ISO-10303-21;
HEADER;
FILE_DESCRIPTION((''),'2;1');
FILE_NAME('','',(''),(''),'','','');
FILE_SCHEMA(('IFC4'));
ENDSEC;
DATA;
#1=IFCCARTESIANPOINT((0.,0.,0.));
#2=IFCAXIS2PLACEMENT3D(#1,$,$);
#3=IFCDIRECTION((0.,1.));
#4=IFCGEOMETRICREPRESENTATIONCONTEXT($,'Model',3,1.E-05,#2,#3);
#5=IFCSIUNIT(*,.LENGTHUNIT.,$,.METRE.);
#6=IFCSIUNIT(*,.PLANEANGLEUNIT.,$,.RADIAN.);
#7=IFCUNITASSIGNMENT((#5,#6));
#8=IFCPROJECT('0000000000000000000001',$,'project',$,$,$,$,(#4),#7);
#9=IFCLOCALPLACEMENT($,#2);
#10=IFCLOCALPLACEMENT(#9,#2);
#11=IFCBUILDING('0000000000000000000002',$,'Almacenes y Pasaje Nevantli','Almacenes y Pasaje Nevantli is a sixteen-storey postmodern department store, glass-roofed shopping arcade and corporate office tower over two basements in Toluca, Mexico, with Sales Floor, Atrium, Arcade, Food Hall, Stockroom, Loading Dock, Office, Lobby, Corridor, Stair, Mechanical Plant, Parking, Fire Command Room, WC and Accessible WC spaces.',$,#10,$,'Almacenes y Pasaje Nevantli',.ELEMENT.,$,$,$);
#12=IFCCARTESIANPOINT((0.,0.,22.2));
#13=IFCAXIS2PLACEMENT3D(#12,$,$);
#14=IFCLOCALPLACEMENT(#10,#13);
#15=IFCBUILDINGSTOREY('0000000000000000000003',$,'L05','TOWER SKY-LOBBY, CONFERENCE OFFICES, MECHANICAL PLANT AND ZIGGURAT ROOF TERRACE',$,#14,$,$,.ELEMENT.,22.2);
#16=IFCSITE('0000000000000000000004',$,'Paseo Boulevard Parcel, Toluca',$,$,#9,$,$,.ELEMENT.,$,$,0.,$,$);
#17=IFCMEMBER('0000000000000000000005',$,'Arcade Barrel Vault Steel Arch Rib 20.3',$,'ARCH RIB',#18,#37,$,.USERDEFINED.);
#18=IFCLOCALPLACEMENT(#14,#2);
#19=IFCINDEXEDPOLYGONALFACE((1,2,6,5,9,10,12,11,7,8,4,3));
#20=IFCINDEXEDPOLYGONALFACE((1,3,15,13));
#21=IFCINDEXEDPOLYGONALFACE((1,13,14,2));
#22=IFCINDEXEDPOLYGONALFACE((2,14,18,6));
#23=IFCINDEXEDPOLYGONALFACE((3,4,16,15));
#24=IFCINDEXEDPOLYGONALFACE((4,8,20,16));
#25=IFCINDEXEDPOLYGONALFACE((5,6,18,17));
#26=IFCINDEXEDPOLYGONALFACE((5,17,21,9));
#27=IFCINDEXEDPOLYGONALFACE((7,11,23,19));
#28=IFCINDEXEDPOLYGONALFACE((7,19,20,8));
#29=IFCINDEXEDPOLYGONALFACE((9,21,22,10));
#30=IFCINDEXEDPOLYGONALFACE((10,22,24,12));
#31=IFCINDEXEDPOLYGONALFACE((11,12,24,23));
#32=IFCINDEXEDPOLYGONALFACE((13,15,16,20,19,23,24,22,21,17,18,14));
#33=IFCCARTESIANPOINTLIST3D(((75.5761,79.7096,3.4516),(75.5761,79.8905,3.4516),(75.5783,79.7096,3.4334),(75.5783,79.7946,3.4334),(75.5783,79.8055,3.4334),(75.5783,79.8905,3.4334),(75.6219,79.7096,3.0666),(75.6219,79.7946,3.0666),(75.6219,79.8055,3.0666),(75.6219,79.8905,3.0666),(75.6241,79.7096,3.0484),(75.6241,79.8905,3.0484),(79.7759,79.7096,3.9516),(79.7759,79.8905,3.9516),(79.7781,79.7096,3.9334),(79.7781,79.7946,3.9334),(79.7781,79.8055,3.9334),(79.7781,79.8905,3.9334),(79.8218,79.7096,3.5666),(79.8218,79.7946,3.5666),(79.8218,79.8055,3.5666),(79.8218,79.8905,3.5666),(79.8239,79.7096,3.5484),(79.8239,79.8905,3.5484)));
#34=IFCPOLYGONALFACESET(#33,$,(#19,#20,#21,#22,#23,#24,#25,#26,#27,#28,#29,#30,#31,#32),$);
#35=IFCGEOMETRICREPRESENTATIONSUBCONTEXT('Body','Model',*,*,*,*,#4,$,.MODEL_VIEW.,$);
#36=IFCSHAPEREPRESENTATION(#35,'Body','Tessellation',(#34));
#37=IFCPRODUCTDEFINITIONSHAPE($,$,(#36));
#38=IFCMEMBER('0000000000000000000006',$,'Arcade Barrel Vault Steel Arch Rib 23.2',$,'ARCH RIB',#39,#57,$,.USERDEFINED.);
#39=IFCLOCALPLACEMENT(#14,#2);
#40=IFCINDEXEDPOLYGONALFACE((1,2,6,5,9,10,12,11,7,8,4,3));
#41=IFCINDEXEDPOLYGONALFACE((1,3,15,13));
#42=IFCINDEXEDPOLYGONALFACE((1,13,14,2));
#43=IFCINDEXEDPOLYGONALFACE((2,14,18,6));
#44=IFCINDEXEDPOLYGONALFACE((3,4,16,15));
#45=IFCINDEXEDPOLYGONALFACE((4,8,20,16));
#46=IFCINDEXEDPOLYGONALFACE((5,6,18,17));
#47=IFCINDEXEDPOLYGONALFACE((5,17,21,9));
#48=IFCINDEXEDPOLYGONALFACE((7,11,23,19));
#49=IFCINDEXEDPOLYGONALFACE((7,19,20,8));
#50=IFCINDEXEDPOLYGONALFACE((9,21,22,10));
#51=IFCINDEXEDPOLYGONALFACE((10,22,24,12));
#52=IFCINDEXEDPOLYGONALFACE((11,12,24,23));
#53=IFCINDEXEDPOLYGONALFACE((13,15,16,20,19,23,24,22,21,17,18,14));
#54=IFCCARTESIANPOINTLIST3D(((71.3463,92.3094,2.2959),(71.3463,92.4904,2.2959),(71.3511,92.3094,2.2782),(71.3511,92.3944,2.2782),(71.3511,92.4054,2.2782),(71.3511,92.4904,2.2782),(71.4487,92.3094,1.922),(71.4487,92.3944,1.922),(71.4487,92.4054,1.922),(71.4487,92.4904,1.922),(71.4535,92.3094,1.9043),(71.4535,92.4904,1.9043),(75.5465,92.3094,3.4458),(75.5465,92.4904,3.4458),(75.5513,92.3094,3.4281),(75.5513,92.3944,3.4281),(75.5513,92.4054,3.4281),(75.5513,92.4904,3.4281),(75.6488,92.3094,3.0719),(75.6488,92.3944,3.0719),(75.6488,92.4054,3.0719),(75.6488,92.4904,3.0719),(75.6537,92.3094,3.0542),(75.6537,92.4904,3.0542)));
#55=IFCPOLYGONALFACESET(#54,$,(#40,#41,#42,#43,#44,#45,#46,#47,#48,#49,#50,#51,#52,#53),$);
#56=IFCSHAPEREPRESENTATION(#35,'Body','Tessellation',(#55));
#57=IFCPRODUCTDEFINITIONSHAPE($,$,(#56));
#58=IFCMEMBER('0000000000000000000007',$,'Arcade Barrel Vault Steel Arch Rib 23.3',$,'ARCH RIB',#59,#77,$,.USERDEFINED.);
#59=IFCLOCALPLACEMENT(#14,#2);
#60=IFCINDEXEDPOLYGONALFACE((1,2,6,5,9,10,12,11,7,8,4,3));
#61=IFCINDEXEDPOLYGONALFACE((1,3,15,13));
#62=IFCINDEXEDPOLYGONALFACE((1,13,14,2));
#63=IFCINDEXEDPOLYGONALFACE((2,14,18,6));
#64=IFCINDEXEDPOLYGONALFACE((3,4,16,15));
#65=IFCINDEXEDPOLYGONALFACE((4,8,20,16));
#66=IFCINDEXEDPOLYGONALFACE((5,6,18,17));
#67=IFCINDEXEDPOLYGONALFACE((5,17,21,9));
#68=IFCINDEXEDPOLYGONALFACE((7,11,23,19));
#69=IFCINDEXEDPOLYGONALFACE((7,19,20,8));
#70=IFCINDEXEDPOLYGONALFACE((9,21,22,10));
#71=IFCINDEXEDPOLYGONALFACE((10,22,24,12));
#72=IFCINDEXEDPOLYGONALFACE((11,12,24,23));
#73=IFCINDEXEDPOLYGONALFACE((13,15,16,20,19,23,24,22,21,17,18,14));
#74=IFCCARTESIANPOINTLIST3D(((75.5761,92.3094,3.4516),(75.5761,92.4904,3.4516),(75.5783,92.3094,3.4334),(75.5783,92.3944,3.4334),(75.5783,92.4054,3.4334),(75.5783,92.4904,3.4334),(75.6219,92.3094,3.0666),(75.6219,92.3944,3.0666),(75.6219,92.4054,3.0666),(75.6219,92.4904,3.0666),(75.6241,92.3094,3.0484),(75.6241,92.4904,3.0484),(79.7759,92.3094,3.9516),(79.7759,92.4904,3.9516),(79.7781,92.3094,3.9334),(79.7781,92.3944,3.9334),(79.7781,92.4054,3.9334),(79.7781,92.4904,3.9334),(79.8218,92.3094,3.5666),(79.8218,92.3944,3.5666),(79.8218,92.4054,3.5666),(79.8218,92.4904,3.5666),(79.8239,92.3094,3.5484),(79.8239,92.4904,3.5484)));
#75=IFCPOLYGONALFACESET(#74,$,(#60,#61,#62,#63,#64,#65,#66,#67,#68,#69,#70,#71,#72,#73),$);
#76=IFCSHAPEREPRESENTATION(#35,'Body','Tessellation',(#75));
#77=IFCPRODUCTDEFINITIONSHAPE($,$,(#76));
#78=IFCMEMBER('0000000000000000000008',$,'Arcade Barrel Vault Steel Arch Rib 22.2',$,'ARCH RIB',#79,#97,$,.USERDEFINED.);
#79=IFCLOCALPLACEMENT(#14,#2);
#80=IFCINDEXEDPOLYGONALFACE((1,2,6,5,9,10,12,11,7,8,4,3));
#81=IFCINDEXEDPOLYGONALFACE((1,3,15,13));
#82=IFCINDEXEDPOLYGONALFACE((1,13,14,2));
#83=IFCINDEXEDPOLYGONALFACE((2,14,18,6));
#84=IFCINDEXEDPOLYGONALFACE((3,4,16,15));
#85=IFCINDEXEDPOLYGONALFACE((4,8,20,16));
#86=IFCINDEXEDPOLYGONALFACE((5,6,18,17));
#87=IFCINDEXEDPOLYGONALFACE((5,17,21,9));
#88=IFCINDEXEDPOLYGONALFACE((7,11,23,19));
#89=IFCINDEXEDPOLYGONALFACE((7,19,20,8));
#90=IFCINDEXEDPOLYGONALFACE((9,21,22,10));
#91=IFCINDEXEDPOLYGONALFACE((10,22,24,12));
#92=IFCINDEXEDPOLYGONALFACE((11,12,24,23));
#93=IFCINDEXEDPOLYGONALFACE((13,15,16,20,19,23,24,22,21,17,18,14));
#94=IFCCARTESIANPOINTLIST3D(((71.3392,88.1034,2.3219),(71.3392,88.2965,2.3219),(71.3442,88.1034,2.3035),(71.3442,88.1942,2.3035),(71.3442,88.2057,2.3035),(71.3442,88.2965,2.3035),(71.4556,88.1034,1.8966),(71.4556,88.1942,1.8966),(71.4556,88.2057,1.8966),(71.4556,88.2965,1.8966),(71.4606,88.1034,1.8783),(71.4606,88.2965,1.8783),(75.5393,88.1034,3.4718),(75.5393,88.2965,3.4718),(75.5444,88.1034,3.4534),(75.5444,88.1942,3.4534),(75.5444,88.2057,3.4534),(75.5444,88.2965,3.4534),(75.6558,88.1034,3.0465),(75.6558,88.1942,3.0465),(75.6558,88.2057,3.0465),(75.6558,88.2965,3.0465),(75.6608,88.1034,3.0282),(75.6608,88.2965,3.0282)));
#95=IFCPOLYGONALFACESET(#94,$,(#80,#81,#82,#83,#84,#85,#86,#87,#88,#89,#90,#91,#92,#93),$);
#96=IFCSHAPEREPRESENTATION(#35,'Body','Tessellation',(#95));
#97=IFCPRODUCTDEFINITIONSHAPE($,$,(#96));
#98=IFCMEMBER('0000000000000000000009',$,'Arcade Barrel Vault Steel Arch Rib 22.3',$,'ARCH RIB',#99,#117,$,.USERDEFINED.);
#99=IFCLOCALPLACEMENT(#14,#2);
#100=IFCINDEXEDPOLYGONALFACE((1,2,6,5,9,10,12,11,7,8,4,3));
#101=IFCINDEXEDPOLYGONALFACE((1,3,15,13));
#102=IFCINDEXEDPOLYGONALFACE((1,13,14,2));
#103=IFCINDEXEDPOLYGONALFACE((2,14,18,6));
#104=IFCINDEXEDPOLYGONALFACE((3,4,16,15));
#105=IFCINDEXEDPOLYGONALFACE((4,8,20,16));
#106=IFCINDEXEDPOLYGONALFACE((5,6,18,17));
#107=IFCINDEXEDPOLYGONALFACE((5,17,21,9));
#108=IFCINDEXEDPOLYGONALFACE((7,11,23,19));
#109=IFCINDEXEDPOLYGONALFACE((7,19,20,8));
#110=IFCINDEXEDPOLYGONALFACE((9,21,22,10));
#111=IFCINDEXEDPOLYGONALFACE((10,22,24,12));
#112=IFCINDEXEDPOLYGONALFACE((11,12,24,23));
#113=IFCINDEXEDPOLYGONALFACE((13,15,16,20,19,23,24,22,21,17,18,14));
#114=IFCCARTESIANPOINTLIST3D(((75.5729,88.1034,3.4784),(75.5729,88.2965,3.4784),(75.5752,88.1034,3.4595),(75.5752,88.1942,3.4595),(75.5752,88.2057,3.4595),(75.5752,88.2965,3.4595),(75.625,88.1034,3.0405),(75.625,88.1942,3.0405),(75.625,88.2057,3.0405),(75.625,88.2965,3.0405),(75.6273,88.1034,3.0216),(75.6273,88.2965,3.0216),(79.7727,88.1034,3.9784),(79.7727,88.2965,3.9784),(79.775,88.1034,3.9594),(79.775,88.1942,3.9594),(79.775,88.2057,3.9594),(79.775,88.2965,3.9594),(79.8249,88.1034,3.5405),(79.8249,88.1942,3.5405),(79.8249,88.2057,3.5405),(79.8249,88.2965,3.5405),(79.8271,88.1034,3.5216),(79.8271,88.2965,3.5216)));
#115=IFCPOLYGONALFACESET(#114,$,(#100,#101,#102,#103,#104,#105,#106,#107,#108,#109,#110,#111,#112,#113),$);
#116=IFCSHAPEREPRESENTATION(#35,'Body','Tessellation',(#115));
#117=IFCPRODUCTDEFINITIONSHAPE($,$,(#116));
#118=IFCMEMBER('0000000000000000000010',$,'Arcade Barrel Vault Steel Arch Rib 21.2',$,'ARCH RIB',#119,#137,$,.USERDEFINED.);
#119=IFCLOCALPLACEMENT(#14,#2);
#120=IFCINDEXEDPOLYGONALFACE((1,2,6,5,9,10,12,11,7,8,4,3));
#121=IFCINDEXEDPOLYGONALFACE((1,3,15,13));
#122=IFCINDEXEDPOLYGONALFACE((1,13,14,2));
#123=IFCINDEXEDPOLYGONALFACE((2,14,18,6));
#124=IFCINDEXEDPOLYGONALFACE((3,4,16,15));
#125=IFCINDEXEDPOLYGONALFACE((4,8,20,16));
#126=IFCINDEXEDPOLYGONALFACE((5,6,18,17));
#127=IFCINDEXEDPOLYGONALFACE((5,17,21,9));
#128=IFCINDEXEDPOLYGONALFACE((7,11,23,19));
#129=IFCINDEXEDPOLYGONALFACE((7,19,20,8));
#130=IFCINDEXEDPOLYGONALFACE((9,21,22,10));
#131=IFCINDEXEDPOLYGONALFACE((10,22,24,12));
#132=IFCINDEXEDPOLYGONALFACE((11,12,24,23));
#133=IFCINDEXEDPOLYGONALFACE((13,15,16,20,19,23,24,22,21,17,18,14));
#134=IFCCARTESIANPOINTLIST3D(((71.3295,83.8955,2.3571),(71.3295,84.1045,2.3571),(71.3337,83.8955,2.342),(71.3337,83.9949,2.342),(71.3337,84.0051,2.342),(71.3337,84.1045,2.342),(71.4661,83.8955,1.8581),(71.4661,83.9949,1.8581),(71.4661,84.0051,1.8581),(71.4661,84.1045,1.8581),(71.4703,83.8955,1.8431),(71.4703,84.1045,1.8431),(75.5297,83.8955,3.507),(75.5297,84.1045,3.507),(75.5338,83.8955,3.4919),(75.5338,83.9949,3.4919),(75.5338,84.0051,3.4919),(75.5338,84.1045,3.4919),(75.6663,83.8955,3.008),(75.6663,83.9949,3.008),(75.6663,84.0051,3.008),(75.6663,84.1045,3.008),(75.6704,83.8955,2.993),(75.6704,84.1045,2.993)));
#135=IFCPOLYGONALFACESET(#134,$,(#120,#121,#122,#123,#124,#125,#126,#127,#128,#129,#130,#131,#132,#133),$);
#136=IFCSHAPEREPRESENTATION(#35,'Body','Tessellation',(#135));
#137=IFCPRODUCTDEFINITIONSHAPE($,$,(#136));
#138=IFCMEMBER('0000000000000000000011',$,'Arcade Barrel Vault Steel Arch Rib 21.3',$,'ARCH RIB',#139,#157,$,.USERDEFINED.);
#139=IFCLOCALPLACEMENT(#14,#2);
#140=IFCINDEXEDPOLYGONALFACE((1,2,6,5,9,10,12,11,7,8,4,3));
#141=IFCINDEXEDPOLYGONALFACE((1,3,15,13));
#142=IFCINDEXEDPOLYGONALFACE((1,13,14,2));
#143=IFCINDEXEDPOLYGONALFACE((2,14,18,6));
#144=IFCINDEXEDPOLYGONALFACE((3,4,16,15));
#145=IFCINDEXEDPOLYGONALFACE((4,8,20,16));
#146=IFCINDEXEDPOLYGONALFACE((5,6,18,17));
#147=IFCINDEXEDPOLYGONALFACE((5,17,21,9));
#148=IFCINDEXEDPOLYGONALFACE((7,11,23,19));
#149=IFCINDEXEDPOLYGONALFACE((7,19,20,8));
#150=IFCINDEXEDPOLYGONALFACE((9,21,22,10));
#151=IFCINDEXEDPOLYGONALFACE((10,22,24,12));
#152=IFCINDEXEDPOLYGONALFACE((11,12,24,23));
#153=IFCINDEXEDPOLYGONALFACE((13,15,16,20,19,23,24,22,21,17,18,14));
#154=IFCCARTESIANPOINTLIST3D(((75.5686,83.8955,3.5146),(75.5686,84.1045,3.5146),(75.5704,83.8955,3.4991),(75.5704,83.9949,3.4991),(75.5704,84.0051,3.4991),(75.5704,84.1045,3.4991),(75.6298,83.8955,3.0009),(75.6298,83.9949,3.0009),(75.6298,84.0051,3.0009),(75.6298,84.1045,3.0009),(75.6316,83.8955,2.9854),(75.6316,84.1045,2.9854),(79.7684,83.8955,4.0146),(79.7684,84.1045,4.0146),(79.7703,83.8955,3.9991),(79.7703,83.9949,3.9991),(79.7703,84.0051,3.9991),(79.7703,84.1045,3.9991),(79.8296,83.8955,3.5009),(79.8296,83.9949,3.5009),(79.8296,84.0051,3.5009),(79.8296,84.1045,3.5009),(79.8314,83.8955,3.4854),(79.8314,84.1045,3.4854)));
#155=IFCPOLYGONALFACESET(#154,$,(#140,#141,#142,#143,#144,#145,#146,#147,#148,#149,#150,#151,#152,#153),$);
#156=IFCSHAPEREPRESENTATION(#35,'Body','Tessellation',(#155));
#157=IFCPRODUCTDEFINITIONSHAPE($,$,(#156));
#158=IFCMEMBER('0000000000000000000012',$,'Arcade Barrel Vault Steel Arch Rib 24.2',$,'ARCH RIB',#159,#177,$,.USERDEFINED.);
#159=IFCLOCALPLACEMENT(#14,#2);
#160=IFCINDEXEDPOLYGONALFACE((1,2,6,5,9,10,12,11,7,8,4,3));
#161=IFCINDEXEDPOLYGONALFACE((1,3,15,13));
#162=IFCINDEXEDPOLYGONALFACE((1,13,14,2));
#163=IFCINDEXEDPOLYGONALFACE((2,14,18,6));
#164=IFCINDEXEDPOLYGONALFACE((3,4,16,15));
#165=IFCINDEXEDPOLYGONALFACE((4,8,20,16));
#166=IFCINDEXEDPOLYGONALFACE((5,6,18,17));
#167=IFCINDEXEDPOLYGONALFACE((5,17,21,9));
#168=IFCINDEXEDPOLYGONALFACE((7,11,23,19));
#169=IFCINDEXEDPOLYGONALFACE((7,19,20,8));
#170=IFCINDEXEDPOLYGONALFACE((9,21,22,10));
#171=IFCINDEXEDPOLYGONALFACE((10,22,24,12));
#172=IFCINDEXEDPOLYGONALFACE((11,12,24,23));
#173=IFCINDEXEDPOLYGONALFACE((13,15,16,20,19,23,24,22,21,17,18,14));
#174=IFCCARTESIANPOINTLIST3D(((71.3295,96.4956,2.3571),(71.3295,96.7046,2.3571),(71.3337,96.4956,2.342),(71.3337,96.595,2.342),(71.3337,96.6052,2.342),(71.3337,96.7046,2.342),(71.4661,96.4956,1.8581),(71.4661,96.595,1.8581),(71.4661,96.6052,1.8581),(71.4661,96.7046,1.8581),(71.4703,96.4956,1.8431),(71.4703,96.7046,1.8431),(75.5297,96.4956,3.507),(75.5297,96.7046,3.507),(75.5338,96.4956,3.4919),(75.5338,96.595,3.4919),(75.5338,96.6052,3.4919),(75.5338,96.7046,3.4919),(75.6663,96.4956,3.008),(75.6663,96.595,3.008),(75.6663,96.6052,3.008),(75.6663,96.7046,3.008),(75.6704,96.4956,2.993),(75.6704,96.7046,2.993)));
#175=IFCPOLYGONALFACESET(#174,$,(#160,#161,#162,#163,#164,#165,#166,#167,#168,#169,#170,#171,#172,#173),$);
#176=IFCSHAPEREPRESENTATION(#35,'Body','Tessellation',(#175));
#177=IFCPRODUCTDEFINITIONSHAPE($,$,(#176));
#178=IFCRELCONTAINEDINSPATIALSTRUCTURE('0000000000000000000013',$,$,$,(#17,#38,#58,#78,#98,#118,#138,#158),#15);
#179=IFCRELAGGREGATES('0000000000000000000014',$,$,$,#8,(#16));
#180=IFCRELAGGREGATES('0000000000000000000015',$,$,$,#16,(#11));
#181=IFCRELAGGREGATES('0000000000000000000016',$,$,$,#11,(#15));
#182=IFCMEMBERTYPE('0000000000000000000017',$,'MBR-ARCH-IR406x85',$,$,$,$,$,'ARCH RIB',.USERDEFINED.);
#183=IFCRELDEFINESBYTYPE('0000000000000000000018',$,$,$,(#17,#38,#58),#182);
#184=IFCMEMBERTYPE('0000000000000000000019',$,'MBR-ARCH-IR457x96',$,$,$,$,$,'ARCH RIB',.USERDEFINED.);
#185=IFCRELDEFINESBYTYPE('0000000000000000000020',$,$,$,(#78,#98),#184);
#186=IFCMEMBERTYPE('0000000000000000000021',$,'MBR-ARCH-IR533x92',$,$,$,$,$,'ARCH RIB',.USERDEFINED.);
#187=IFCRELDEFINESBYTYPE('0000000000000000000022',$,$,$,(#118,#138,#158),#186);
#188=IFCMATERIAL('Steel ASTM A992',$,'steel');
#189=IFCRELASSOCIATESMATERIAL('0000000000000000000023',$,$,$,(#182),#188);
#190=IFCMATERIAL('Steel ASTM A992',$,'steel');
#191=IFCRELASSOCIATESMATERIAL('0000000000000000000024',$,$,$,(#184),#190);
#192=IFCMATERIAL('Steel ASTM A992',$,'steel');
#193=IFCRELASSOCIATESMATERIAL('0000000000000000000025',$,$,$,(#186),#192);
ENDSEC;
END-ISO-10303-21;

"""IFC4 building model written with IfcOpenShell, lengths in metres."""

from ifc_helpers import new_model, si_unit, direction, frame, origin, origin_2d, place, context, subcontext, project, spatial, i_section, extrude, material, material_profile, profile_set, type_object, element, save


model = new_model("IFC4")

# Units and contexts
model_context = context("Model", 3, precision=1e-05, world=origin(), true_north=direction((0.0, 1.0)))
body_context = subcontext(model_context, "Body", "Model", "MODEL_VIEW")
ifc_project = project(units=[si_unit("LENGTHUNIT", "METRE"), si_unit("PLANEANGLEUNIT", "RADIAN")], contexts=[model_context])

# Site, building, storey
site_placement = place(None, origin())
site = spatial("IfcSite", under=ifc_project, at=site_placement, Name="Paseo Boulevard Parcel, Toluca", CompositionType="ELEMENT", RefElevation=0.0)
building_placement = place(site_placement, origin())
building = spatial("IfcBuilding", under=site, at=building_placement, Name="Almacenes y Pasaje Nevantli", Description="Almacenes y Pasaje Nevantli is a sixteen-storey postmodern department store, glass-roofed shopping arcade and corporate office tower over two basements in Toluca, Mexico, with Sales Floor, Atrium, Arcade, Food Hall, Stockroom, Loading Dock, Office, Lobby, Corridor, Stair, Mechanical Plant, Parking, Fire Command Room, WC and Accessible WC spaces.", LongName="Almacenes y Pasaje Nevantli", CompositionType="ELEMENT")
storey_placement = place(building_placement, frame((0.0, 0.0, 22.2)))
storey = spatial("IfcBuildingStorey", under=building, at=storey_placement, Name="L05", Description="TOWER SKY-LOBBY, CONFERENCE OFFICES, MECHANICAL PLANT AND ZIGGURAT ROOF TERRACE", CompositionType="ELEMENT", Elevation=22.2)

# Members
ifc_material_1 = material(Name="Steel ASTM A992", Category="steel")
ifc_material_profile_1 = material_profile(ifc_material_1, i_section(OverallWidth=0.1809, OverallDepth=0.406, WebThickness=0.011, FlangeThickness=0.0183, at=origin_2d()), Name="IR 406x85.0")
ifc_profile_set_1 = profile_set([ifc_material_profile_1], Name="Steel ASTM A992")
member_type_1 = type_object("IfcMemberType", Name="MBR-ARCH-IR406x85", ElementType="ARCH RIB", PredefinedType="USERDEFINED", material=ifc_profile_set_1)
member_1_placement = place(storey_placement, frame((75.6001, 79.8, 3.25), z_axis=(0.992988, 0.0, 0.118214), x_axis=(0.0, 1.0, 0.0)))
element("IfcMember", 1, at=member_1_placement, inside=storey, type_object=member_type_1, Name="Arcade Barrel Vault Steel Arch Rib 20.3", ObjectType="ARCH RIB", PredefinedType="USERDEFINED", context=body_context, shape_type="SweptSolid", body=[
    extrude(i_section(OverallWidth=0.1809, OverallDepth=0.406, WebThickness=0.011, FlangeThickness=0.0183, at=origin_2d()), origin(), (0.0, 0.0, 1.0), 4.2295),
])
member_2_placement = place(storey_placement, frame((71.3999, 92.3999, 2.1001), z_axis=(0.964507, 0.0, 0.264057), x_axis=(0.0, 1.0, 0.0)))
element("IfcMember", 2, at=member_2_placement, inside=storey, type_object=member_type_1, Name="Arcade Barrel Vault Steel Arch Rib 23.2", ObjectType="ARCH RIB", PredefinedType="USERDEFINED", context=body_context, shape_type="SweptSolid", body=[
    extrude(i_section(OverallWidth=0.1809, OverallDepth=0.406, WebThickness=0.011, FlangeThickness=0.0183, at=origin_2d()), origin(), (0.0, 0.0, 1.0), 4.3547),
])
member_3_placement = place(storey_placement, frame((75.6001, 92.3999, 3.25), z_axis=(0.992988, 0.0, 0.118214), x_axis=(0.0, 1.0, 0.0)))
element("IfcMember", 3, at=member_3_placement, inside=storey, type_object=member_type_1, Name="Arcade Barrel Vault Steel Arch Rib 23.3", ObjectType="ARCH RIB", PredefinedType="USERDEFINED", context=body_context, shape_type="SweptSolid", body=[
    extrude(i_section(OverallWidth=0.1809, OverallDepth=0.406, WebThickness=0.011, FlangeThickness=0.0183, at=origin_2d()), origin(), (0.0, 0.0, 1.0), 4.2295),
])
ifc_material_2 = material(Name="Steel ASTM A992", Category="steel")
ifc_material_profile_2 = material_profile(ifc_material_2, i_section(OverallWidth=0.1931, OverallDepth=0.46, WebThickness=0.0115, FlangeThickness=0.019, at=origin_2d()), Name="IR 457x96.7")
ifc_profile_set_2 = profile_set([ifc_material_profile_2], Name="Steel ASTM A992")
member_type_2 = type_object("IfcMemberType", Name="MBR-ARCH-IR457x96", ElementType="ARCH RIB", PredefinedType="USERDEFINED", material=ifc_profile_set_2)
member_4_placement = place(storey_placement, frame((71.3999, 88.2, 2.1001), z_axis=(0.964507, 0.0, 0.264057), x_axis=(0.0, 1.0, 0.0)))
element("IfcMember", 4, at=member_4_placement, inside=storey, type_object=member_type_2, Name="Arcade Barrel Vault Steel Arch Rib 22.2", ObjectType="ARCH RIB", PredefinedType="USERDEFINED", context=body_context, shape_type="SweptSolid", body=[
    extrude(i_section(OverallWidth=0.1931, OverallDepth=0.46, WebThickness=0.0115, FlangeThickness=0.019, at=origin_2d()), origin(), (0.0, 0.0, 1.0), 4.3547),
])
member_5_placement = place(storey_placement, frame((75.6001, 88.2, 3.25), z_axis=(0.992988, 0.0, 0.118214), x_axis=(0.0, 1.0, 0.0)))
element("IfcMember", 5, at=member_5_placement, inside=storey, type_object=member_type_2, Name="Arcade Barrel Vault Steel Arch Rib 22.3", ObjectType="ARCH RIB", PredefinedType="USERDEFINED", context=body_context, shape_type="SweptSolid", body=[
    extrude(i_section(OverallWidth=0.1931, OverallDepth=0.46, WebThickness=0.0115, FlangeThickness=0.019, at=origin_2d()), origin(), (0.0, 0.0, 1.0), 4.2295),
])
ifc_material_3 = material(Name="Steel ASTM A992", Category="steel")
ifc_material_profile_3 = material_profile(ifc_material_3, i_section(OverallWidth=0.209, OverallDepth=0.533, WebThickness=0.0103, FlangeThickness=0.0156, at=origin_2d()), Name="IR 533x92.5")
ifc_profile_set_3 = profile_set([ifc_material_profile_3], Name="Steel ASTM A992")
member_type_3 = type_object("IfcMemberType", Name="MBR-ARCH-IR533x92", ElementType="ARCH RIB", PredefinedType="USERDEFINED", material=ifc_profile_set_3)
member_6_placement = place(storey_placement, frame((71.3999, 84.0, 2.1001), z_axis=(0.964507, 0.0, 0.264057), x_axis=(0.0, 1.0, 0.0)))
element("IfcMember", 6, at=member_6_placement, inside=storey, type_object=member_type_3, Name="Arcade Barrel Vault Steel Arch Rib 21.2", ObjectType="ARCH RIB", PredefinedType="USERDEFINED", context=body_context, shape_type="SweptSolid", body=[
    extrude(i_section(OverallWidth=0.209, OverallDepth=0.533, WebThickness=0.0103, FlangeThickness=0.0156, at=origin_2d()), origin(), (0.0, 0.0, 1.0), 4.3547),
])
member_7_placement = place(storey_placement, frame((75.6001, 84.0, 3.25), z_axis=(0.992988, 0.0, 0.118214), x_axis=(0.0, 1.0, 0.0)))
element("IfcMember", 7, at=member_7_placement, inside=storey, type_object=member_type_3, Name="Arcade Barrel Vault Steel Arch Rib 21.3", ObjectType="ARCH RIB", PredefinedType="USERDEFINED", context=body_context, shape_type="SweptSolid", body=[
    extrude(i_section(OverallWidth=0.209, OverallDepth=0.533, WebThickness=0.0103, FlangeThickness=0.0156, at=origin_2d()), origin(), (0.0, 0.0, 1.0), 4.2295),
])
member_8_placement = place(storey_placement, frame((71.3999, 96.6001, 2.1001), z_axis=(0.964507, 0.0, 0.264057), x_axis=(0.0, 1.0, 0.0)))
element("IfcMember", 8, at=member_8_placement, inside=storey, type_object=member_type_3, Name="Arcade Barrel Vault Steel Arch Rib 24.2", ObjectType="ARCH RIB", PredefinedType="USERDEFINED", context=body_context, shape_type="SweptSolid", body=[
    extrude(i_section(OverallWidth=0.209, OverallDepth=0.533, WebThickness=0.0103, FlangeThickness=0.0156, at=origin_2d()), origin(), (0.0, 0.0, 1.0), 4.3547),
])

save(model, "model.ifc")
